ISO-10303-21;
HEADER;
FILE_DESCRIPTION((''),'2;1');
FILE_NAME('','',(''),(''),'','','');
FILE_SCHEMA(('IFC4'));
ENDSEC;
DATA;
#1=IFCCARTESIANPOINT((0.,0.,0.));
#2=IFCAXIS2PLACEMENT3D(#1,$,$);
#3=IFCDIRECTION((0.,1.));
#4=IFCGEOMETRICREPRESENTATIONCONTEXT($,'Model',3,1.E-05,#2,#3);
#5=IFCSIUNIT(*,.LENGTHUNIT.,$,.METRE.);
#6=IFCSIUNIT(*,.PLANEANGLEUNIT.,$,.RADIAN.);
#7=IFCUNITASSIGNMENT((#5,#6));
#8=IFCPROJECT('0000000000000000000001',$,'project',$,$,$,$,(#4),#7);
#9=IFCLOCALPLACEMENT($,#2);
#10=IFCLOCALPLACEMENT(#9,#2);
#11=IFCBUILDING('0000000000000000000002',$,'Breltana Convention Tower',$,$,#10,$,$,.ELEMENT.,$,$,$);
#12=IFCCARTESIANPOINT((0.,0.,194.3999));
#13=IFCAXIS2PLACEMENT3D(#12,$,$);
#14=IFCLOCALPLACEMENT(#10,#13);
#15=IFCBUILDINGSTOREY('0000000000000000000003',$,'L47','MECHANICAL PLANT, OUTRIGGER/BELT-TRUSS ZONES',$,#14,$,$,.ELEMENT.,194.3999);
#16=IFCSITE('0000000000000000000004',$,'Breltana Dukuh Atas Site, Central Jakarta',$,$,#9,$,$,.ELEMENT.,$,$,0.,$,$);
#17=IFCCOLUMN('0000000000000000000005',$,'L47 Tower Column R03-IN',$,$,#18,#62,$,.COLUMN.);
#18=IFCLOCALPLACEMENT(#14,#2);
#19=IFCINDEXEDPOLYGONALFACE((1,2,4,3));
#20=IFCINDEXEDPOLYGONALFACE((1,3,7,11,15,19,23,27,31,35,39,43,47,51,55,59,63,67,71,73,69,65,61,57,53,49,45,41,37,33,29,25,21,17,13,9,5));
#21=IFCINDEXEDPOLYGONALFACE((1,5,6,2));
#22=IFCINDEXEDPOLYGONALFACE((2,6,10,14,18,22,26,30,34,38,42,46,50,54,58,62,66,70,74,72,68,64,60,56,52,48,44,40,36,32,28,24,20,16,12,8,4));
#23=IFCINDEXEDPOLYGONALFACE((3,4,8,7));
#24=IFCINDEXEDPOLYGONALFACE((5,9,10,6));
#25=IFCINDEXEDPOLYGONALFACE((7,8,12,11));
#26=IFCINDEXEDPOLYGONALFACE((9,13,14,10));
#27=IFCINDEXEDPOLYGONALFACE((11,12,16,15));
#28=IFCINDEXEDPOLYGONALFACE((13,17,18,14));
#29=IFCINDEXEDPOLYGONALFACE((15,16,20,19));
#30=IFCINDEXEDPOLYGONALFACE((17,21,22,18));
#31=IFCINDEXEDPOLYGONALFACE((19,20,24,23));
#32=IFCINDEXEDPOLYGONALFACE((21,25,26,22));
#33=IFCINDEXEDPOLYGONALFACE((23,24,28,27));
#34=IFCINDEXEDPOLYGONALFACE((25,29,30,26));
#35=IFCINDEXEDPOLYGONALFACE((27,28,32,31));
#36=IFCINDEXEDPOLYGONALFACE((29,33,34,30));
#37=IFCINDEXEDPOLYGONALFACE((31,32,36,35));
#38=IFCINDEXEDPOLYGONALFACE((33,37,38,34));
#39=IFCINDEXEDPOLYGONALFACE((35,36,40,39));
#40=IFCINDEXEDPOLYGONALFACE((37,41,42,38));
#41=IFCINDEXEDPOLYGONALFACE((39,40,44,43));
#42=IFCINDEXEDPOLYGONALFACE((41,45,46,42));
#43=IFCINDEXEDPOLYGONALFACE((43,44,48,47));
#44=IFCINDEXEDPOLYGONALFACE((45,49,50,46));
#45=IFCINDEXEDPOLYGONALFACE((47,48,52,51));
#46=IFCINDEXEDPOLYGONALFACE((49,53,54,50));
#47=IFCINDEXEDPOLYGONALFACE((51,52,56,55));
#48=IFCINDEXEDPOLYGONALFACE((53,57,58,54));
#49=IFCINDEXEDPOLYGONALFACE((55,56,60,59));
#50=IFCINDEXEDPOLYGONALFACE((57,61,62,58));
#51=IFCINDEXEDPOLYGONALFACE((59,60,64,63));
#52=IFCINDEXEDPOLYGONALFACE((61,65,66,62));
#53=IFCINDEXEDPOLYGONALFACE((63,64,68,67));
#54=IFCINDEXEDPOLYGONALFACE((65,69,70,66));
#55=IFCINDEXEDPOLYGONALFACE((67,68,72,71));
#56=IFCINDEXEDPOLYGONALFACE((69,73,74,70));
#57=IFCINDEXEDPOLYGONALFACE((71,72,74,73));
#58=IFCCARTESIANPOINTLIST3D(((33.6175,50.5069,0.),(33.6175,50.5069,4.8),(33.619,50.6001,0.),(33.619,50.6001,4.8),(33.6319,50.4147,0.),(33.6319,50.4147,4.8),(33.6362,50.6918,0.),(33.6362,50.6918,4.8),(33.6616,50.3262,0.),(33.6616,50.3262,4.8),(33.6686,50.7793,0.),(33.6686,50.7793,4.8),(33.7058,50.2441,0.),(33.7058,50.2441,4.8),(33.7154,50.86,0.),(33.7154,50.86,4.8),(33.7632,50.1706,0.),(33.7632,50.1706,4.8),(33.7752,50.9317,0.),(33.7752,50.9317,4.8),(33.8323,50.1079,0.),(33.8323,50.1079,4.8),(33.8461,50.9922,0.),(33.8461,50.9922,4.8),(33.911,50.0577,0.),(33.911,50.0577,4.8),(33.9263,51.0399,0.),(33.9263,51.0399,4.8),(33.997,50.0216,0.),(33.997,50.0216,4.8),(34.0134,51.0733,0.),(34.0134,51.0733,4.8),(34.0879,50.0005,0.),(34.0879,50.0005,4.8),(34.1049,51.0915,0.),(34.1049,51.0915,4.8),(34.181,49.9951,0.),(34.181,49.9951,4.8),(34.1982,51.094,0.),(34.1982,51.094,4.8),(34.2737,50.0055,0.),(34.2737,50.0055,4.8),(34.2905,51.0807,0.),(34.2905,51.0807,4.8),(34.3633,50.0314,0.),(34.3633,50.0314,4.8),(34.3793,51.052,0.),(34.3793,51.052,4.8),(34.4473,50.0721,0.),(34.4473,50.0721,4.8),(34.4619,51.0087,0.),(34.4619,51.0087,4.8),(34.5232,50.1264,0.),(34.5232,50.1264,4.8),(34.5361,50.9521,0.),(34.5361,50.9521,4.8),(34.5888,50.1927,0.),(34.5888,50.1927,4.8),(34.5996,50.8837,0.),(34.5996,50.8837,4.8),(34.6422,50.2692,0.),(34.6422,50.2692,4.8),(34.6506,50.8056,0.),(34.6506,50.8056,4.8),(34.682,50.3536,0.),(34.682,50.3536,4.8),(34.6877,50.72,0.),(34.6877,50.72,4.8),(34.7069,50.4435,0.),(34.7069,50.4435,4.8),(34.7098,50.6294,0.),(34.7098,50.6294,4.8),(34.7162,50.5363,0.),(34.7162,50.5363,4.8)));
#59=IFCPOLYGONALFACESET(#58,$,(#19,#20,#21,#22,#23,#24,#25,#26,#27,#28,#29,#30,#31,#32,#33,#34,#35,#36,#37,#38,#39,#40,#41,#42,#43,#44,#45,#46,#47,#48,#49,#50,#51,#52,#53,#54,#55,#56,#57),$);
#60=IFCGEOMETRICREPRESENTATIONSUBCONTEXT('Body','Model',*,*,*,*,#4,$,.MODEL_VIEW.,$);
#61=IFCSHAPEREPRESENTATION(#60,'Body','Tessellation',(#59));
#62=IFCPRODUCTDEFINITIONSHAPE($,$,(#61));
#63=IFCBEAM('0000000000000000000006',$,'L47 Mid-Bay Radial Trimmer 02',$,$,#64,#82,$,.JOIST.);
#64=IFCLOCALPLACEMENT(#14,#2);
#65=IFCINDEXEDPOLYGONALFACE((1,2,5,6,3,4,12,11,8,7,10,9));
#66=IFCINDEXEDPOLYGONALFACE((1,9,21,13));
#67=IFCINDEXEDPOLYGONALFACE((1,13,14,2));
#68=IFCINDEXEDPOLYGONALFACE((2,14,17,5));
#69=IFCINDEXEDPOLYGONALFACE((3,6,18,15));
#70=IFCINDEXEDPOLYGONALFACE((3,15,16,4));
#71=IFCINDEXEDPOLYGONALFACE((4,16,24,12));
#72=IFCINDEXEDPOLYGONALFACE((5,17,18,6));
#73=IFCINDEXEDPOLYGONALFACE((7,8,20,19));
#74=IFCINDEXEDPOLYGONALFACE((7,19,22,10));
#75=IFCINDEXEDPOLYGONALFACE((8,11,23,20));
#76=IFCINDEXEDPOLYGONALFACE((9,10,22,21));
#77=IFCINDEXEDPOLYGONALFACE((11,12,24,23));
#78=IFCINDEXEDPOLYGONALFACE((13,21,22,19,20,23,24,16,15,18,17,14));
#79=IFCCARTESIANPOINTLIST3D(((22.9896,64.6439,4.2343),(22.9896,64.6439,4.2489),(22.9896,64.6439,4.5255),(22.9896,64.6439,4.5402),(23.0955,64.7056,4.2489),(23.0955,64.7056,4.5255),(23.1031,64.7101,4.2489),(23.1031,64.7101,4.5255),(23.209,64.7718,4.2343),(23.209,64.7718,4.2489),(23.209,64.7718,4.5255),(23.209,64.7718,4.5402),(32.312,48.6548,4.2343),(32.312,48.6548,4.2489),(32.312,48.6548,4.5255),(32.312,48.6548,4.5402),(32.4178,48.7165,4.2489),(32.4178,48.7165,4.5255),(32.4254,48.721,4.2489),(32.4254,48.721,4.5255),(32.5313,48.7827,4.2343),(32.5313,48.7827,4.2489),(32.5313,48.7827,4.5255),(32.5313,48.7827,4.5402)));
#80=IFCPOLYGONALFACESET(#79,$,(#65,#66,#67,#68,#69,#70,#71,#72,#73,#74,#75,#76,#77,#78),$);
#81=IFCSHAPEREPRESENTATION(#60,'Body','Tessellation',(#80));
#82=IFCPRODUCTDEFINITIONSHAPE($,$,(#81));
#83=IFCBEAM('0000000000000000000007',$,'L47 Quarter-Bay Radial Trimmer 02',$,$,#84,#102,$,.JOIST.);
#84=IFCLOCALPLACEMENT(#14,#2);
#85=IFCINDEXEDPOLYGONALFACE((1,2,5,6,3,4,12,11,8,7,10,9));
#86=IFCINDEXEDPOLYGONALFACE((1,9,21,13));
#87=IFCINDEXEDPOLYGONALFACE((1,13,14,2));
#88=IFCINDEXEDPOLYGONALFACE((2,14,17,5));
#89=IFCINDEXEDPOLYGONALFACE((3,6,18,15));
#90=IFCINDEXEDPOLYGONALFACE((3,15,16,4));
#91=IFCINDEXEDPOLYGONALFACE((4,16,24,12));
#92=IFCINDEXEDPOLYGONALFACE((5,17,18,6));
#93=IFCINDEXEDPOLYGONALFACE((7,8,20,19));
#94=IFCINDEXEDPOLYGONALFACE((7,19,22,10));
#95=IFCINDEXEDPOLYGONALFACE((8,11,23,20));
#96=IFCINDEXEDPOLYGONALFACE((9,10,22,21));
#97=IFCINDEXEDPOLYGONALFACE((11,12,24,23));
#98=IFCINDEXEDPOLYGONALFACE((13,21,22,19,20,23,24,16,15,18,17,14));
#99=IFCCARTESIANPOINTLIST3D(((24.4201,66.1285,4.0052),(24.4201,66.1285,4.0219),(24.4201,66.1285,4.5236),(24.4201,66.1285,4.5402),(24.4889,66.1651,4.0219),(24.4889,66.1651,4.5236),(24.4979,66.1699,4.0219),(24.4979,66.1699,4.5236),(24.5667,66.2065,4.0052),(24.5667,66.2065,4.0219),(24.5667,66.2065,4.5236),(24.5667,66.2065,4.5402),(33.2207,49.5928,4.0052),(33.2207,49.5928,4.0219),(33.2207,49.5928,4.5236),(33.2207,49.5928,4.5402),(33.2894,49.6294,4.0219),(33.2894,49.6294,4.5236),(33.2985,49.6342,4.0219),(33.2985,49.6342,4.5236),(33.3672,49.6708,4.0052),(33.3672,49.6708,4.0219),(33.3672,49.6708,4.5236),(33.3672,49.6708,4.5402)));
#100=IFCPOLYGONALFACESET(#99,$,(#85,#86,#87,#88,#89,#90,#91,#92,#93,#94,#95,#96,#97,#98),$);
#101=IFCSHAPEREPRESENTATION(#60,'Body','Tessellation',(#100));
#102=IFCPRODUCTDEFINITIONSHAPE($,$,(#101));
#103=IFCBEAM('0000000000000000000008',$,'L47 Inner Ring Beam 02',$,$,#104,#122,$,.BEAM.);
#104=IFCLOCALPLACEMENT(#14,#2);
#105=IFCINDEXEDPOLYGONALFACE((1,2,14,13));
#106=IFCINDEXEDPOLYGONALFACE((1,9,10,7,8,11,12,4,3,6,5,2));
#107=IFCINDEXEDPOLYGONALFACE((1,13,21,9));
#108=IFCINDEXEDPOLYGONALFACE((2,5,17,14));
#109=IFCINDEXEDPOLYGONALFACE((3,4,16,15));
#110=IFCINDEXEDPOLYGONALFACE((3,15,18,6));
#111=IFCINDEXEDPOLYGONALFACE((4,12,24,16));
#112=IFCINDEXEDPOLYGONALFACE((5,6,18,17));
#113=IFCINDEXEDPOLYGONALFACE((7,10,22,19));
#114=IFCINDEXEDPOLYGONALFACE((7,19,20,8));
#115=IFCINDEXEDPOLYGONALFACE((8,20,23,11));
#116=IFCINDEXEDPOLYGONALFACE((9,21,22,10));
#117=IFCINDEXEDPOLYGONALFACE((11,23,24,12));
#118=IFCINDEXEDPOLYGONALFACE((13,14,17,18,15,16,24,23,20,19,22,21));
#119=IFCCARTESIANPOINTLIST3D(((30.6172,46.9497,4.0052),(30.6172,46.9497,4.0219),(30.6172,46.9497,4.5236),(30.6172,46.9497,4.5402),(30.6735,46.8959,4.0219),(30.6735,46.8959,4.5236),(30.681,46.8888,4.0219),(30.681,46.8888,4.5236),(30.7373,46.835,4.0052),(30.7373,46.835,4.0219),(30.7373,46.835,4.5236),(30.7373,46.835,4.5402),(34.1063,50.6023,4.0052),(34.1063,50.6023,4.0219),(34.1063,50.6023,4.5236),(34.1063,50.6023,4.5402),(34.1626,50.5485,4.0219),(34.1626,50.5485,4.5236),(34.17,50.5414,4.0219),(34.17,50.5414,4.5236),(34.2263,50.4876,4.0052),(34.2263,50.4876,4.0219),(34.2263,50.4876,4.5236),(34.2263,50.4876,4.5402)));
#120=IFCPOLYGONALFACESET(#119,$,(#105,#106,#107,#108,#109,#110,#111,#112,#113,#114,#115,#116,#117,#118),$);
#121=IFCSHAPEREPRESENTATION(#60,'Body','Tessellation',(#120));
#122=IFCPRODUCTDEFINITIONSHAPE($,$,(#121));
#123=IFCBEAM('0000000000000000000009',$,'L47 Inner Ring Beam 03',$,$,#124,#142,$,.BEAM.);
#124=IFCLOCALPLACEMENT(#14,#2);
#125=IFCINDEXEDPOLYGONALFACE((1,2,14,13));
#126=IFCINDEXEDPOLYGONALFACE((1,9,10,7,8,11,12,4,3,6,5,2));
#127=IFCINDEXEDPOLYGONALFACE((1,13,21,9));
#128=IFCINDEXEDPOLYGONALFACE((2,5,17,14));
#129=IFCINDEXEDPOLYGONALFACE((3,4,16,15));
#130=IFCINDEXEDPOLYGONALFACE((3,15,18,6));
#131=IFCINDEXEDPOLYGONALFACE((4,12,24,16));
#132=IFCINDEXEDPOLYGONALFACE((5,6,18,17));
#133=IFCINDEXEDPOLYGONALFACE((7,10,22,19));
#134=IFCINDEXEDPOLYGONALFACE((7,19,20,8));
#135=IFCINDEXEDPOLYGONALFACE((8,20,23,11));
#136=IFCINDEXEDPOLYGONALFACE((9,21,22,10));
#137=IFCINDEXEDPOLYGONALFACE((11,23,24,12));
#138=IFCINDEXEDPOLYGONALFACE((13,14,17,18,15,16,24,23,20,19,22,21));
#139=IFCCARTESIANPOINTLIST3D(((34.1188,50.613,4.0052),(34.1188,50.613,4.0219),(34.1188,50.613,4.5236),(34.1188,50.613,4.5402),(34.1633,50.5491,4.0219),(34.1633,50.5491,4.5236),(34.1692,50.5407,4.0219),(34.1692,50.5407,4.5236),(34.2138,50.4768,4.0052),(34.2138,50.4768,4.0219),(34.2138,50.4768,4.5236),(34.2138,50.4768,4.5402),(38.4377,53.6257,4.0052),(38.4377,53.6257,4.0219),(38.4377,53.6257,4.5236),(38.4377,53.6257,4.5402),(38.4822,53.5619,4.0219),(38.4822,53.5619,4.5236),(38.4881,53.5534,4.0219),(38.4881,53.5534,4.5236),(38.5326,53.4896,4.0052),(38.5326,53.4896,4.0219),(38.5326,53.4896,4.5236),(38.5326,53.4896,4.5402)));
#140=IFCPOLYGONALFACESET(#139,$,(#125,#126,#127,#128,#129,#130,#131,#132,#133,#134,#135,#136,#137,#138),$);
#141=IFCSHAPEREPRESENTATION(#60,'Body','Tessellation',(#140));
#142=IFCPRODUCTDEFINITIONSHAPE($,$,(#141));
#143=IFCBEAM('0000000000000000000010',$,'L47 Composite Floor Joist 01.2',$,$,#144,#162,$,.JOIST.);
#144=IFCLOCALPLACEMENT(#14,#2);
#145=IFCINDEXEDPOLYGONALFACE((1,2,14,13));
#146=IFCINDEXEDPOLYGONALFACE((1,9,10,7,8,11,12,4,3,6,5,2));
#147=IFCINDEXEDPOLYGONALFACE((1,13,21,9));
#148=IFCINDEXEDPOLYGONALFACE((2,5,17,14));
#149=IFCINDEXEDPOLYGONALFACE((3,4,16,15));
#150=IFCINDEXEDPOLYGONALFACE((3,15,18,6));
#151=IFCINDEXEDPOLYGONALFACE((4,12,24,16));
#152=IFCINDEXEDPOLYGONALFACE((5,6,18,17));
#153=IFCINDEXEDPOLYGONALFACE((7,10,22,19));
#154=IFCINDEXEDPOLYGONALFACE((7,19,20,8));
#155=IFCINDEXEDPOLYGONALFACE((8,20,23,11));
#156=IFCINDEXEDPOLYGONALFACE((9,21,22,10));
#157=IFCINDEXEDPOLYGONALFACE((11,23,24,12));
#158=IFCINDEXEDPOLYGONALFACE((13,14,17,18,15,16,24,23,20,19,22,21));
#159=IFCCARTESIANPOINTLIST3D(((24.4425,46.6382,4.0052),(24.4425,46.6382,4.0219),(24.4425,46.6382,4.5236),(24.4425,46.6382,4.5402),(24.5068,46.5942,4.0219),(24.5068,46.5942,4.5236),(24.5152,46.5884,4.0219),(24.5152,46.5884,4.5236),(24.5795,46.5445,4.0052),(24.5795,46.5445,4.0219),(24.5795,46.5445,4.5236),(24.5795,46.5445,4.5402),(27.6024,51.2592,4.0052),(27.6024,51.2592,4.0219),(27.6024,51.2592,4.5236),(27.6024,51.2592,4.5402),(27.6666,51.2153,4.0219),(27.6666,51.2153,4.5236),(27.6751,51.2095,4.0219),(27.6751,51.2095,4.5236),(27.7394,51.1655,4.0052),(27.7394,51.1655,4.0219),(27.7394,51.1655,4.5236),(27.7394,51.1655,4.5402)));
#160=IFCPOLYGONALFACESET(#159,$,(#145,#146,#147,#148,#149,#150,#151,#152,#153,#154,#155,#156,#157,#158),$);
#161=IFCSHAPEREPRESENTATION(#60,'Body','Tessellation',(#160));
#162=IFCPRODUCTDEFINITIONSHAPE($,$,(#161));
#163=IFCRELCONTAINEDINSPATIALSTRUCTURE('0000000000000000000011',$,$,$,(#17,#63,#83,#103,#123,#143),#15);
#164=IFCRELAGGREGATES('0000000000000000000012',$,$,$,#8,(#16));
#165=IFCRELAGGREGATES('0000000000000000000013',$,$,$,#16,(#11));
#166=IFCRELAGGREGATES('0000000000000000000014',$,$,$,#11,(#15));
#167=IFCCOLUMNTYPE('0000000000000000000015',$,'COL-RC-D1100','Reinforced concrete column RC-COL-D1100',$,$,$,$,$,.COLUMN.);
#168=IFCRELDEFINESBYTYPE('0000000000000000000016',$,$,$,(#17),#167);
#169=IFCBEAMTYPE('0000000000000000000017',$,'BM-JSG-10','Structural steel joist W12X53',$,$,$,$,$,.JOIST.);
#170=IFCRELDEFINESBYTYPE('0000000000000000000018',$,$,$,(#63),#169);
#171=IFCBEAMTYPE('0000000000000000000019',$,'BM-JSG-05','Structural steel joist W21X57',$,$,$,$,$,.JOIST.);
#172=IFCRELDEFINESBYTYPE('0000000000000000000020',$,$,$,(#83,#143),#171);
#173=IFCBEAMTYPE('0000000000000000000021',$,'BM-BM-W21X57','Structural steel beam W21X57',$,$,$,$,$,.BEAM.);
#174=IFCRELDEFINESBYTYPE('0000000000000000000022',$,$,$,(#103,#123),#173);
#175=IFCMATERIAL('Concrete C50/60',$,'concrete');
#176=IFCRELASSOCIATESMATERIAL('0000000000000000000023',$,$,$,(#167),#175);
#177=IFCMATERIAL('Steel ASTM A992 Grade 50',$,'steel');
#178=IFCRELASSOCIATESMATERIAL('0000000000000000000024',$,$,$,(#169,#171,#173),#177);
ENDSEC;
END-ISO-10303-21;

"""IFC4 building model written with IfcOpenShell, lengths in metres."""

from ifc_helpers import new_model, si_unit, direction, frame, origin, origin_2d, place, context, subcontext, project, spatial, circle, i_section, extrude, source, transform, mapped, material, material_profile, profile_set, type_object, element, save


model = new_model("IFC4")

# Units and contexts
model_context = context("Model", 3, precision=1e-05, world=origin(), true_north=direction((0.0, 1.0)))
body_context = subcontext(model_context, "Body", "Model", "MODEL_VIEW")
ifc_project = project(units=[si_unit("LENGTHUNIT", "METRE"), si_unit("PLANEANGLEUNIT", "RADIAN")], contexts=[model_context])

# Site, building, storey
site_placement = place(None, origin())
site = spatial("IfcSite", under=ifc_project, at=site_placement, Name="Breltana Dukuh Atas Site, Central Jakarta", CompositionType="ELEMENT", RefElevation=0.0)
building_placement = place(site_placement, origin())
building = spatial("IfcBuilding", under=site, at=building_placement, Name="Breltana Convention Tower", CompositionType="ELEMENT")
storey_placement = place(building_placement, frame((0.0, 0.0, 194.3999)))
storey = spatial("IfcBuildingStorey", under=building, at=storey_placement, Name="L47", Description="MECHANICAL PLANT, OUTRIGGER/BELT-TRUSS ZONES", CompositionType="ELEMENT", Elevation=194.3999)

# Column
ifc_material_1 = material(Name="Concrete C50/60", Category="concrete")
ifc_material_profile_1 = material_profile(ifc_material_1, circle(Radius=0.55, at=origin_2d()), Name="RC-COL-D1100")
ifc_profile_set_1 = profile_set([ifc_material_profile_1], Name="Concrete C50/60")
column_type = type_object("IfcColumnType", Name="COL-RC-D1100", Description="Reinforced concrete column RC-COL-D1100", PredefinedType="COLUMN", material=ifc_profile_set_1)
shared_shape_1 = source(origin(), body_context, "Body", "SweptSolid", [
    extrude(circle(Radius=0.55, at=origin_2d()), origin(), (0.0, 0.0, 1.0), 4.8),
])
for number, where, z_axis, x_axis, name in (
    (1, (34.1663, 50.5449, 0.0), (0.0, 0.0, 1.0), (-0.436174, 0.899863, 0.0), "L47 Tower Column R03-IN"),
):
    element("IfcColumn", number, at=place(storey_placement, frame(where, z_axis=z_axis, x_axis=x_axis)), inside=storey, type_object=column_type, Name=name, PredefinedType="COLUMN", context=body_context, shape_type="MappedRepresentation", body=[
        mapped(shared_shape_1, transform((0.0, 0.0, 0.0), scale=1.0)),
    ])

# Beams
ifc_material_2 = material(Name="Steel ASTM A992 Grade 50", Category="steel")
ifc_material_profile_2 = material_profile(ifc_material_2, i_section(OverallWidth=0.2539, OverallDepth=0.3059, WebThickness=0.0088, FlangeThickness=0.0146, at=origin_2d()), Name="W12X53")
ifc_profile_set_2 = profile_set([ifc_material_profile_2], Name="Steel ASTM A992 Grade 50")
beam_type_1 = type_object("IfcBeamType", Name="BM-JSG-10", Description="Structural steel joist W12X53", PredefinedType="JOIST", material=ifc_profile_set_2)
shared_shape_2 = source(origin(), body_context, "Body", "SweptSolid", [
    extrude(i_section(OverallWidth=0.2539, OverallDepth=0.3059, WebThickness=0.0088, FlangeThickness=0.0146, at=origin_2d()), origin(), (0.0, 0.0, 1.0), 18.5083),
])
beam_1_placement = place(storey_placement, frame((32.4216, 48.7188, 4.3872), z_axis=(-0.503683, 0.863888, 0.0), x_axis=(-0.863888, -0.503683, 0.0)))
element("IfcBeam", 2, at=beam_1_placement, inside=storey, type_object=beam_type_1, Name="L47 Mid-Bay Radial Trimmer 02", PredefinedType="JOIST", context=body_context, shape_type="MappedRepresentation", body=[
    mapped(shared_shape_2, transform((0.0, 0.0, 0.0), scale=1.0)),
])
ifc_material_profile_3 = material_profile(ifc_material_2, i_section(OverallWidth=0.166, OverallDepth=0.5349, WebThickness=0.0103, FlangeThickness=0.0166, at=origin_2d()), Name="W21X57")
ifc_profile_set_3 = profile_set([ifc_material_profile_3], Name="Steel ASTM A992 Grade 50")
beam_type_2 = type_object("IfcBeamType", Name="BM-JSG-05", Description="Structural steel joist W21X57", PredefinedType="JOIST", material=ifc_profile_set_3)
shared_shape_3 = source(origin(), body_context, "Body", "SweptSolid", [
    extrude(i_section(OverallWidth=0.166, OverallDepth=0.5349, WebThickness=0.0103, FlangeThickness=0.0166, at=origin_2d()), origin(), (0.0, 0.0, 1.0), 18.7317),
])
beam_2_placement = place(storey_placement, frame((33.2939, 49.6318, 4.2727), z_axis=(-0.46982, 0.882762, 0.0), x_axis=(-0.882762, -0.46982, 0.0)))
element("IfcBeam", 3, at=beam_2_placement, inside=storey, type_object=beam_type_2, Name="L47 Quarter-Bay Radial Trimmer 02", PredefinedType="JOIST", context=body_context, shape_type="MappedRepresentation", body=[
    mapped(shared_shape_3, transform((0.0, 0.0, 0.0), scale=1.0)),
])
ifc_material_profile_4 = material_profile(ifc_material_2, i_section(OverallWidth=0.166, OverallDepth=0.5349, WebThickness=0.0103, FlangeThickness=0.0166, at=origin_2d()), Name="W21X57")
ifc_profile_set_4 = profile_set([ifc_material_profile_4], Name="Steel ASTM A992 Grade 50")
beam_type_3 = type_object("IfcBeamType", Name="BM-BM-W21X57", Description="Structural steel beam W21X57", PredefinedType="BEAM", material=ifc_profile_set_4)
shared_shape_4 = source(origin(), body_context, "Body", "SweptSolid", [
    extrude(i_section(OverallWidth=0.166, OverallDepth=0.5349, WebThickness=0.0103, FlangeThickness=0.0166, at=origin_2d()), origin(), (0.0, 0.0, 1.0), 5.0513),
])
beam_3_placement = place(storey_placement, frame((30.6772, 46.8923, 4.2727), z_axis=(0.69073, 0.723113, 0.0), x_axis=(-0.723113, 0.69073, 0.0)))
element("IfcBeam", 4, at=beam_3_placement, inside=storey, type_object=beam_type_3, Name="L47 Inner Ring Beam 02", PredefinedType="BEAM", context=body_context, shape_type="MappedRepresentation", body=[
    mapped(shared_shape_4, transform((0.0, 0.0, 0.0), scale=1.0)),
])
shared_shape_5 = source(origin(), body_context, "Body", "SweptSolid", [
    extrude(i_section(OverallWidth=0.166, OverallDepth=0.5349, WebThickness=0.0103, FlangeThickness=0.0166, at=origin_2d()), origin(), (0.0, 0.0, 1.0), 5.2659),
])
beam_4_placement = place(storey_placement, frame((34.1663, 50.5449, 4.2727), z_axis=(0.820167, 0.572124, 0.0), x_axis=(-0.572124, 0.820167, 0.0)))
element("IfcBeam", 5, at=beam_4_placement, inside=storey, type_object=beam_type_3, Name="L47 Inner Ring Beam 03", PredefinedType="BEAM", context=body_context, shape_type="MappedRepresentation", body=[
    mapped(shared_shape_5, transform((0.0, 0.0, 0.0), scale=1.0)),
])
shared_shape_6 = source(origin(), body_context, "Body", "SweptSolid", [
    extrude(i_section(OverallWidth=0.166, OverallDepth=0.5349, WebThickness=0.0103, FlangeThickness=0.0166, at=origin_2d()), origin(), (0.0, 0.0, 1.0), 5.5981),
])
beam_5_placement = place(storey_placement, frame((24.511, 46.5913, 4.2727), z_axis=(0.564454, 0.825464, 0.0), x_axis=(-0.825464, 0.564454, 0.0)))
element("IfcBeam", 6, at=beam_5_placement, inside=storey, type_object=beam_type_2, Name="L47 Composite Floor Joist 01.2", PredefinedType="JOIST", context=body_context, shape_type="MappedRepresentation", body=[
    mapped(shared_shape_6, transform((0.0, 0.0, 0.0), scale=1.0)),
])

save(model, "model.ifc")
